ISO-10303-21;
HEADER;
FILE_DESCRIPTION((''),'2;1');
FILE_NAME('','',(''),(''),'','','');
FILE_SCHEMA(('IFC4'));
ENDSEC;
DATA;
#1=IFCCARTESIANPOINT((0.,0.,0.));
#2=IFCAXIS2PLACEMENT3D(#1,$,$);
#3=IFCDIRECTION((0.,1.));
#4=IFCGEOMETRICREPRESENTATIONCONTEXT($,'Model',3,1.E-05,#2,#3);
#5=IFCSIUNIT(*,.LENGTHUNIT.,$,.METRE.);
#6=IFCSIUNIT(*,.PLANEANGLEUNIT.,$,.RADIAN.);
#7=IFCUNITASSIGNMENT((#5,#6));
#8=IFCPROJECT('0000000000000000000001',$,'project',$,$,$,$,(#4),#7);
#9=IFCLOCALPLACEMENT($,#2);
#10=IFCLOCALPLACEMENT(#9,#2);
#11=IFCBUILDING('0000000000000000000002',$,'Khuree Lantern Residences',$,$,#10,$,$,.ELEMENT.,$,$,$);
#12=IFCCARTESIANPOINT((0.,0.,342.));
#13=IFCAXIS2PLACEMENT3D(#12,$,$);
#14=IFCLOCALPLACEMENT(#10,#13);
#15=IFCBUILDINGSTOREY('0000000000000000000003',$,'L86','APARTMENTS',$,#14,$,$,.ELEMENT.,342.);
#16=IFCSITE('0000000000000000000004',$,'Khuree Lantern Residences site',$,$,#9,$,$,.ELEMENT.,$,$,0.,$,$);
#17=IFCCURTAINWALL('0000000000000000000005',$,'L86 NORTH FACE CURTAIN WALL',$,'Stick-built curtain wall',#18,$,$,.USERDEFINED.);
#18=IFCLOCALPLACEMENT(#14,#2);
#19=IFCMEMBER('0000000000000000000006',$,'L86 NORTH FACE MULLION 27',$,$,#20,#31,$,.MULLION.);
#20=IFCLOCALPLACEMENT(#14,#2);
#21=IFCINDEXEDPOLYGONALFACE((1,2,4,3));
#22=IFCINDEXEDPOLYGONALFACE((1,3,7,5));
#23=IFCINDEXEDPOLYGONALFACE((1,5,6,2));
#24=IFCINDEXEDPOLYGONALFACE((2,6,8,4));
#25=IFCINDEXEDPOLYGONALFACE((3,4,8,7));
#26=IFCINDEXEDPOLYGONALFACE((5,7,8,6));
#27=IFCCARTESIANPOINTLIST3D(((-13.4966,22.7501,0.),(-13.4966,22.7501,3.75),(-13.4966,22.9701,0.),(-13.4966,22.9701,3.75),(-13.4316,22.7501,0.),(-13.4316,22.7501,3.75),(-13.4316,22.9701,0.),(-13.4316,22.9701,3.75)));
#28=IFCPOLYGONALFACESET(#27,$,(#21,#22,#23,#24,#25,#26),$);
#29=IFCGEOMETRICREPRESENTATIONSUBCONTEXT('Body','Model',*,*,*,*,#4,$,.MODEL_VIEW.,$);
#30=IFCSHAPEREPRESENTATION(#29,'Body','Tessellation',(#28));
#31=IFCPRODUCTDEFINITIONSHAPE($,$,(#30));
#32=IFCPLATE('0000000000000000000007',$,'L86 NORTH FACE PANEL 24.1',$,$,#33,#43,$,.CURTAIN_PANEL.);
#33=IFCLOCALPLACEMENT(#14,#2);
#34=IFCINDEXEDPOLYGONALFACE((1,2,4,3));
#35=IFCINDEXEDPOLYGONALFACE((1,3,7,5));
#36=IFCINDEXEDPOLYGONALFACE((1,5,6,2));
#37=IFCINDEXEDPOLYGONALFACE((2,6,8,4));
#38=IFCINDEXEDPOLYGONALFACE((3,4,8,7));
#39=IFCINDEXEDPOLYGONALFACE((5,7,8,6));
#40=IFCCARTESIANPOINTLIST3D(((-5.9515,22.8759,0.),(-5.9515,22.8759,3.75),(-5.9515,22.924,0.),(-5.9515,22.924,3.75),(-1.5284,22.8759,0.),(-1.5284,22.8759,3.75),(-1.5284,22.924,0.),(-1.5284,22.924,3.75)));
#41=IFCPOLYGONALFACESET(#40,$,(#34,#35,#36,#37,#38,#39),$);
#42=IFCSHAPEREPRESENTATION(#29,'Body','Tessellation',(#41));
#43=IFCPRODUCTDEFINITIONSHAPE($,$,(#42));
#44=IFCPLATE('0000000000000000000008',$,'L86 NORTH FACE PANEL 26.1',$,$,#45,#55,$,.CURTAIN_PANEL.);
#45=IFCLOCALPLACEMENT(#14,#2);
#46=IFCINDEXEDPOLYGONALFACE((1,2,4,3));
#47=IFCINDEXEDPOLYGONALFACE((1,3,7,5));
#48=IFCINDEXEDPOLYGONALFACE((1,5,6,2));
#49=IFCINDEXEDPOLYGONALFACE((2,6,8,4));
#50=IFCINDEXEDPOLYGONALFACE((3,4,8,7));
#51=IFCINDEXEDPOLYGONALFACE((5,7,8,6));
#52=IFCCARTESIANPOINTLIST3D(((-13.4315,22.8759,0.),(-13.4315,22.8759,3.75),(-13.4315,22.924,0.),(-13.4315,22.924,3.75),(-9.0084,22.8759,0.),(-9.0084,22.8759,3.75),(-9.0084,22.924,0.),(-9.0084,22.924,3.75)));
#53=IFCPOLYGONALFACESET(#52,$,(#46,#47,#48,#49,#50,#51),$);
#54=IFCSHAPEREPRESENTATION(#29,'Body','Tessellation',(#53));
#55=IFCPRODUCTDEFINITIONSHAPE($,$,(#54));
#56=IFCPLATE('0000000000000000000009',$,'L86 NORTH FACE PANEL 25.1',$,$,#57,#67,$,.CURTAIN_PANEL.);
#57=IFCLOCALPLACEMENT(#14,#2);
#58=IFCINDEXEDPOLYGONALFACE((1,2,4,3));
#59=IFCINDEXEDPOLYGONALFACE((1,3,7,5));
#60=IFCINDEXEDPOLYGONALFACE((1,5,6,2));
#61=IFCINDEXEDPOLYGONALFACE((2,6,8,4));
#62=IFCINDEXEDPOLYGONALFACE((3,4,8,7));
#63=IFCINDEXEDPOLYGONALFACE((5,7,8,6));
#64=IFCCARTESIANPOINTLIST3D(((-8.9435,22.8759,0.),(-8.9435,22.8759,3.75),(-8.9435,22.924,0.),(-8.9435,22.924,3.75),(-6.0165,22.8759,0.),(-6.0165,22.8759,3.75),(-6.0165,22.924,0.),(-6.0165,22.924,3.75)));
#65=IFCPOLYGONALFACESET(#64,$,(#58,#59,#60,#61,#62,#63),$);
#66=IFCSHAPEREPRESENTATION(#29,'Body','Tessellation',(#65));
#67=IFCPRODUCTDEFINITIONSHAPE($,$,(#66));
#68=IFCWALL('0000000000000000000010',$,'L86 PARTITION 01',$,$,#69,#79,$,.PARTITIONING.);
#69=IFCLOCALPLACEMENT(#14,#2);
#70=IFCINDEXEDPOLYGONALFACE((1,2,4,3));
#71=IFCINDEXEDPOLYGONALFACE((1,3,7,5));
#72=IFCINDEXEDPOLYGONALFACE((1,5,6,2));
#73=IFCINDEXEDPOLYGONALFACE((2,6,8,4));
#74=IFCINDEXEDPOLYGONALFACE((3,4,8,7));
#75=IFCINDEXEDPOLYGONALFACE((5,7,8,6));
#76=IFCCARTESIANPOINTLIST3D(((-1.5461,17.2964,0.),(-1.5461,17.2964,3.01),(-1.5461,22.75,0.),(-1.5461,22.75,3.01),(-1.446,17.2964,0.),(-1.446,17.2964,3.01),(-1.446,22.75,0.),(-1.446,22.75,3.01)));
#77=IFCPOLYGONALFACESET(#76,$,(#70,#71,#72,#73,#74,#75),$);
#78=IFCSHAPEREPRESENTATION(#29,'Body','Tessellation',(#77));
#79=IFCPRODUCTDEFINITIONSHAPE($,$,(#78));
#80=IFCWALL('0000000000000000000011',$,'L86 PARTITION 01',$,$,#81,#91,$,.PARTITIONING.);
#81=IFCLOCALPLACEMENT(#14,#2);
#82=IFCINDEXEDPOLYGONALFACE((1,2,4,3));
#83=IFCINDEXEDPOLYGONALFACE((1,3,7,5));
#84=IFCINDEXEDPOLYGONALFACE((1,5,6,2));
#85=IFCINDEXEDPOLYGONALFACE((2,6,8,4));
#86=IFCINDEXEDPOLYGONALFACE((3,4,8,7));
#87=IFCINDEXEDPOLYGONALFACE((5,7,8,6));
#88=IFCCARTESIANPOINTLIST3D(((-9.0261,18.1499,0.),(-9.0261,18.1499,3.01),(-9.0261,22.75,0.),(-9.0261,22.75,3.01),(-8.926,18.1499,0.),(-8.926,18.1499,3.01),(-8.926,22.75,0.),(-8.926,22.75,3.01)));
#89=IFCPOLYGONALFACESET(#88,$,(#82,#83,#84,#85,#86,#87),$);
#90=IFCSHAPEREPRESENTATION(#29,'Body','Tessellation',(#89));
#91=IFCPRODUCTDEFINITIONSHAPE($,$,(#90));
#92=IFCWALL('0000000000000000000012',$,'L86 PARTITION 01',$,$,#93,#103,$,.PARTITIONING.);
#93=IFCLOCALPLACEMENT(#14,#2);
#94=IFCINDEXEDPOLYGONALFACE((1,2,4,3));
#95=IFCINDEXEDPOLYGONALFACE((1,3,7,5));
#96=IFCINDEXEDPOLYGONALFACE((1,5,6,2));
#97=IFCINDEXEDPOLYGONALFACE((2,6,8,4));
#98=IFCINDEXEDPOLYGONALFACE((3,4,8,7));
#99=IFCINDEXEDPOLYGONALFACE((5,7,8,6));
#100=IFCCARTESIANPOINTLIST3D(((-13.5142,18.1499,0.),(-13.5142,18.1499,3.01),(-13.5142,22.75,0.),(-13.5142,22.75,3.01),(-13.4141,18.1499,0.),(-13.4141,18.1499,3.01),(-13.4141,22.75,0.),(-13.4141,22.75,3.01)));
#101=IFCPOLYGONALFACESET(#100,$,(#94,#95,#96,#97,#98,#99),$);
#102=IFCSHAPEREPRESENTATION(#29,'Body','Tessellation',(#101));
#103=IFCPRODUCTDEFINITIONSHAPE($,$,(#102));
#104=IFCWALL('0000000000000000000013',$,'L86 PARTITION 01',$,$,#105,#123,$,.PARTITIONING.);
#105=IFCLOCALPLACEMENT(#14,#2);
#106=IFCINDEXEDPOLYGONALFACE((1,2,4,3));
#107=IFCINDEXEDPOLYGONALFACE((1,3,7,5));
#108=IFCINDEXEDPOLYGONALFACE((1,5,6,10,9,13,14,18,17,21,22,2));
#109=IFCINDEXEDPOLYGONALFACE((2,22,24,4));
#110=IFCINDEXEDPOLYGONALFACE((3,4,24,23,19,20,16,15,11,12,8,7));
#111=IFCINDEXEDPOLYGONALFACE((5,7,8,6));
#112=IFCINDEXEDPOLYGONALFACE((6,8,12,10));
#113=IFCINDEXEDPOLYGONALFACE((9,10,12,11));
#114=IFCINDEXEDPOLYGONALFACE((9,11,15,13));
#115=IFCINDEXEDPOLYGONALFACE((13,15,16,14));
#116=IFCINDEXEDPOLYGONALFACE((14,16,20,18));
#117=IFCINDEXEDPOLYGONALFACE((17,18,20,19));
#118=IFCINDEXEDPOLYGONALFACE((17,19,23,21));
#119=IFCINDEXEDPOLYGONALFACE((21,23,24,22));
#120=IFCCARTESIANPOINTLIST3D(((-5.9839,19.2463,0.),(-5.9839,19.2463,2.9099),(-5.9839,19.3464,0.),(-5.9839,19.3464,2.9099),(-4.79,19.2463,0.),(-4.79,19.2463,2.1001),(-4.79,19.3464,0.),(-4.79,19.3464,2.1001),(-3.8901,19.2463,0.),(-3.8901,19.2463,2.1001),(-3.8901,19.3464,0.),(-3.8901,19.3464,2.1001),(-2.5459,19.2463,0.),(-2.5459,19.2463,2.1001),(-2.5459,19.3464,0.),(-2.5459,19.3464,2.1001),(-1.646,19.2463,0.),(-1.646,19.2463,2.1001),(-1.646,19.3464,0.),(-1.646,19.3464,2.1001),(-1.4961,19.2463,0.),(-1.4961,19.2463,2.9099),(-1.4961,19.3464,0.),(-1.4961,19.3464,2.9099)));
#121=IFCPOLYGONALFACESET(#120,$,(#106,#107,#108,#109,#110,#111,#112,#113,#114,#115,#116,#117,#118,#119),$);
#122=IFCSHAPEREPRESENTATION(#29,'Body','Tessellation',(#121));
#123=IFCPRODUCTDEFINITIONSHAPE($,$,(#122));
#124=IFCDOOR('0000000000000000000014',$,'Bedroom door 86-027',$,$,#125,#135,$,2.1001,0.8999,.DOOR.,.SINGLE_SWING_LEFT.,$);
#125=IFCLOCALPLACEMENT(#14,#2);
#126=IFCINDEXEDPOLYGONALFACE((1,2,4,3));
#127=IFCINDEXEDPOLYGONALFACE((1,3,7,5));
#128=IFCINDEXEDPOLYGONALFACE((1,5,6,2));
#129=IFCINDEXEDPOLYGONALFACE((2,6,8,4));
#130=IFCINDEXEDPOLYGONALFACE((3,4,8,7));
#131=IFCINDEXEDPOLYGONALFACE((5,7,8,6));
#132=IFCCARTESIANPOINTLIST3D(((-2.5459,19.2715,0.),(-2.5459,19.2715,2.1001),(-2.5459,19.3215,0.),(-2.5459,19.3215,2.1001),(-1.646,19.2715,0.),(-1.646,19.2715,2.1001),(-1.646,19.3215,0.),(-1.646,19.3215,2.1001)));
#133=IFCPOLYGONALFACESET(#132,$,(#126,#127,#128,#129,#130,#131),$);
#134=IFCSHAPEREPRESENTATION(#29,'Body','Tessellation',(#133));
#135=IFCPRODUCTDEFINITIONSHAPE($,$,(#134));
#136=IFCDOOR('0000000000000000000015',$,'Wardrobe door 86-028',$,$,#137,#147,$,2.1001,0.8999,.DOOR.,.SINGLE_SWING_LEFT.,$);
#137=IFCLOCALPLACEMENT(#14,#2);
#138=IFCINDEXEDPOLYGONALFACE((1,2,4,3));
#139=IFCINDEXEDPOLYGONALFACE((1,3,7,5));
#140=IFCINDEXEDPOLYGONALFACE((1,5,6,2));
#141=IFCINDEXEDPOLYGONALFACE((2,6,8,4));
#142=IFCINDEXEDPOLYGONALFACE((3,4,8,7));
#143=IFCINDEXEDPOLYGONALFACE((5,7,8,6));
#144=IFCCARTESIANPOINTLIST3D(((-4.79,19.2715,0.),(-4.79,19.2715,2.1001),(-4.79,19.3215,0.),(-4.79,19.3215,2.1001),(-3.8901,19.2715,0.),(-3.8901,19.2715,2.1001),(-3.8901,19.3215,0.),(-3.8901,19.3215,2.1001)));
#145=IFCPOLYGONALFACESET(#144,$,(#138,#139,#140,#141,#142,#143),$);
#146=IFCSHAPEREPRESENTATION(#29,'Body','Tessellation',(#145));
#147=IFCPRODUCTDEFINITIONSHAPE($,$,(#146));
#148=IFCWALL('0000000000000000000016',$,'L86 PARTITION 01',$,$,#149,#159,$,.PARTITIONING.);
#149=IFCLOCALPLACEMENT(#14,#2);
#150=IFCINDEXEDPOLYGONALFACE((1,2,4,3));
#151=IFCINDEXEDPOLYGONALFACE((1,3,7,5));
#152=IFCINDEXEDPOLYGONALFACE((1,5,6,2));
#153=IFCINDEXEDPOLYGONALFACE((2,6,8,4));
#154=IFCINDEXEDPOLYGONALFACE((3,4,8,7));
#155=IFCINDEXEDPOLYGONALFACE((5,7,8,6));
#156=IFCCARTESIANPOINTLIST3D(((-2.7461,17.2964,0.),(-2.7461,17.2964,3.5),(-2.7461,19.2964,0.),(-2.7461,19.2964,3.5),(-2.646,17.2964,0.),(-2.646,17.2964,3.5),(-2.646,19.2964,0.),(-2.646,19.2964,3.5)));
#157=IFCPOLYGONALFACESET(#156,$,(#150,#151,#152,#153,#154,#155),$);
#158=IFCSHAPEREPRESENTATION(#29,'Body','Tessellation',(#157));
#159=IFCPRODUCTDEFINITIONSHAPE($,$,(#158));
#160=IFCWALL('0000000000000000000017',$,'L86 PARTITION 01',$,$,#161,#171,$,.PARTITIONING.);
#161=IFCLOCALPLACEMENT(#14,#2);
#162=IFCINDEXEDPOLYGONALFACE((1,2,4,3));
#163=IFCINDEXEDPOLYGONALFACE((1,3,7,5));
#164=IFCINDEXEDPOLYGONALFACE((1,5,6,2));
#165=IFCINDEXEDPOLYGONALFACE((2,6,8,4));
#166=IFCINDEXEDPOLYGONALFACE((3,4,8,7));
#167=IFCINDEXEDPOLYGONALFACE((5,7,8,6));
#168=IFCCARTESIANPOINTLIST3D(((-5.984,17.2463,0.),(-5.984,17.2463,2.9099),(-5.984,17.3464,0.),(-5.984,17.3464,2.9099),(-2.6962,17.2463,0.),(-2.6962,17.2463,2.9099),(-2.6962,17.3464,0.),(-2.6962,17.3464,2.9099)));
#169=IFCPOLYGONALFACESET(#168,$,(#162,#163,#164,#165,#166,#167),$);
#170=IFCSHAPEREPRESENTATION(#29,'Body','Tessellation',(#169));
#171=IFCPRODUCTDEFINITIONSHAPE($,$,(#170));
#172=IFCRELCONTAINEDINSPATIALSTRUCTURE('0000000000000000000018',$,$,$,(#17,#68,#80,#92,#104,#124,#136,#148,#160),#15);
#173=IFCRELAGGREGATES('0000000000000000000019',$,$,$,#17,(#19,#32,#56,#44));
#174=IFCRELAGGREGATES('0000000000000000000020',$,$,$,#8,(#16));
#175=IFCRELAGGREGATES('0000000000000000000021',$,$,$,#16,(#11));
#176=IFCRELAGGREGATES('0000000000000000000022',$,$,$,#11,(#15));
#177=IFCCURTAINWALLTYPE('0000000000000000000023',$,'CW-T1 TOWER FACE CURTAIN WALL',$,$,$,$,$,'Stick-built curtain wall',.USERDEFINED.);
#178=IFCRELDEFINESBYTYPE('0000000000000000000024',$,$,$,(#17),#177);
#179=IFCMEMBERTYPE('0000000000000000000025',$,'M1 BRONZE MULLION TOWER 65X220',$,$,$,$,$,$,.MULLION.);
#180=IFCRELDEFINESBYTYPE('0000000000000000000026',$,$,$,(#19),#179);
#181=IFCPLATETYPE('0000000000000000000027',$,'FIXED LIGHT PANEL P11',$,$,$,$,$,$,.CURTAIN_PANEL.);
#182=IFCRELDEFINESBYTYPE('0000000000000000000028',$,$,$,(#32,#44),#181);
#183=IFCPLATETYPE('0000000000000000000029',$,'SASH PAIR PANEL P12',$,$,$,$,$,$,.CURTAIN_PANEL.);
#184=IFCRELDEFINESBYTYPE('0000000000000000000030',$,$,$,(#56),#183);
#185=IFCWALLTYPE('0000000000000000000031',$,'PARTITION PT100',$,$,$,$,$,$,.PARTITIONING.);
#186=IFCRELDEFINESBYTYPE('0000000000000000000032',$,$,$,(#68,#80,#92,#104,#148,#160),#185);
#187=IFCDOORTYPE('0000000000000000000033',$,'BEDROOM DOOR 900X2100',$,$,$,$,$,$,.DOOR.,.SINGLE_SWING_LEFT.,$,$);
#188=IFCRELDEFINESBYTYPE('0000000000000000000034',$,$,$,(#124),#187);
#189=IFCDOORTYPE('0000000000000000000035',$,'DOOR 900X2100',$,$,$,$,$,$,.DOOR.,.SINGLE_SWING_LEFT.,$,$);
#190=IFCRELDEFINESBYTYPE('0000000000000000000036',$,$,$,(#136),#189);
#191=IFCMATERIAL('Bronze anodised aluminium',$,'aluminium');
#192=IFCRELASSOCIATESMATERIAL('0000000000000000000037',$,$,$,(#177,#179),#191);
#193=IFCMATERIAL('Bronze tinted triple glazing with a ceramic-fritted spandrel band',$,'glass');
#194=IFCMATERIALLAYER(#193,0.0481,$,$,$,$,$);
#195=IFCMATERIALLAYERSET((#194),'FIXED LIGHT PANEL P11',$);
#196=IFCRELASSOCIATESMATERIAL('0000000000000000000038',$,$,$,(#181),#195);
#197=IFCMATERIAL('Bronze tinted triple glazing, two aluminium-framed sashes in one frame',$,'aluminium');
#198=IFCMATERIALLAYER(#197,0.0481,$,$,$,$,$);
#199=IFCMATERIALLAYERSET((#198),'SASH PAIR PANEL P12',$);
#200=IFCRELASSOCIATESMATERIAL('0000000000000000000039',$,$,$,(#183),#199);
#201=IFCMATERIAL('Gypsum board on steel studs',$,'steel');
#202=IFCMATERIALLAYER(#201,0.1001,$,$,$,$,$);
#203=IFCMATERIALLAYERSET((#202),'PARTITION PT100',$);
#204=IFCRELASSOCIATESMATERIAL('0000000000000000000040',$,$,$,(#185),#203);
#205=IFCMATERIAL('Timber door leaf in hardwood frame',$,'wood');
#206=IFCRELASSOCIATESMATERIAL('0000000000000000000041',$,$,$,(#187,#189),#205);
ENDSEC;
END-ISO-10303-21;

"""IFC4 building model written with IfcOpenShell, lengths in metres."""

from ifc_helpers import new_model, si_unit, direction, frame, frame_2d, origin, origin_2d, place, context, subcontext, project, spatial, rectangle, extrude, material, layer, layer_set, material_profile, profile_set, type_object, element, fill, aggregate, save


model = new_model("IFC4")

# Units and contexts
model_context = context("Model", 3, precision=1e-05, world=origin(), true_north=direction((0.0, 1.0)))
body_context = subcontext(model_context, "Body", "Model", "MODEL_VIEW")
ifc_project = project(units=[si_unit("LENGTHUNIT", "METRE"), si_unit("PLANEANGLEUNIT", "RADIAN")], contexts=[model_context])

# Site, building, storey
site_placement = place(None, origin())
site = spatial("IfcSite", under=ifc_project, at=site_placement, Name="Khuree Lantern Residences site", CompositionType="ELEMENT", RefElevation=0.0)
building_placement = place(site_placement, origin())
building = spatial("IfcBuilding", under=site, at=building_placement, Name="Khuree Lantern Residences", CompositionType="ELEMENT")
storey_placement = place(building_placement, frame((0.0, 0.0, 342.0)))
storey = spatial("IfcBuildingStorey", under=building, at=storey_placement, Name="L86", Description="APARTMENTS", CompositionType="ELEMENT", Elevation=342.0)

# Curtain wall
ifc_material_1 = material(Name="Bronze anodised aluminium", Category="aluminium")
curtain_wall_type = type_object("IfcCurtainWallType", Name="CW-T1 TOWER FACE CURTAIN WALL", ElementType="Stick-built curtain wall", PredefinedType="USERDEFINED", material=ifc_material_1)
curtain_wall_placement = place(storey_placement, origin())
curtain_wall = element("IfcCurtainWall", 1, at=curtain_wall_placement, inside=storey, type_object=curtain_wall_type, Name="L86 NORTH FACE CURTAIN WALL", ObjectType="Stick-built curtain wall", PredefinedType="USERDEFINED")

# Member
ifc_material_profile_1 = material_profile(ifc_material_1, rectangle(XDim=0.0649, YDim=0.22, at=origin_2d()), Name="M1 65X220")
ifc_profile_set_1 = profile_set([ifc_material_profile_1], Name="Bronze anodised aluminium")
member_type_1 = type_object("IfcMemberType", Name="M1 BRONZE MULLION TOWER 65X220", PredefinedType="MULLION", material=ifc_profile_set_1)
member_1_placement = place(storey_placement, frame((-13.4641, 22.8601, 0.0), z_axis=(0.0, 0.0, 1.0), x_axis=(-1.0, 0.0, 0.0)))
member_1 = element("IfcMember", 2, at=member_1_placement, type_object=member_type_1, Name="L86 NORTH FACE MULLION 27", PredefinedType="MULLION", context=body_context, shape_type="SweptSolid", body=[
    extrude(rectangle(XDim=0.0649, YDim=0.22, at=origin_2d()), origin(), (0.0, 0.0, 1.0), 3.75),
])

# Plates
ifc_material_2 = material(Name="Bronze tinted triple glazing with a ceramic-fritted spandrel band", Category="glass")
ifc_layer_1 = layer(ifc_material_2, 0.0481)
ifc_layer_set_1 = layer_set([ifc_layer_1], Name="FIXED LIGHT PANEL P11")
plate_type_1 = type_object("IfcPlateType", Name="FIXED LIGHT PANEL P11", PredefinedType="CURTAIN_PANEL", material=ifc_layer_set_1)
plate_1_placement = place(storey_placement, frame((-3.74, 22.8999, 0.0), z_axis=(0.0, 0.0, 1.0), x_axis=(-1.0, 0.0, 0.0)))
plate_1 = element("IfcPlate", 3, at=plate_1_placement, type_object=plate_type_1, Name="L86 NORTH FACE PANEL 24.1", PredefinedType="CURTAIN_PANEL", context=body_context, shape_type="SweptSolid", body=[
    extrude(rectangle(XDim=4.4231, YDim=0.0481, at=origin_2d()), origin(), (0.0, 0.0, 1.0), 3.75),
])
plate_2_placement = place(storey_placement, frame((-11.22, 22.8999, 0.0), z_axis=(0.0, 0.0, 1.0), x_axis=(-1.0, 0.0, 0.0)))
plate_2 = element("IfcPlate", 4, at=plate_2_placement, type_object=plate_type_1, Name="L86 NORTH FACE PANEL 26.1", PredefinedType="CURTAIN_PANEL", context=body_context, shape_type="SweptSolid", body=[
    extrude(rectangle(XDim=4.4231, YDim=0.0481, at=origin_2d()), origin(), (0.0, 0.0, 1.0), 3.75),
])
ifc_material_3 = material(Name="Bronze tinted triple glazing, two aluminium-framed sashes in one frame", Category="aluminium")
ifc_layer_2 = layer(ifc_material_3, 0.0481)
ifc_layer_set_2 = layer_set([ifc_layer_2], Name="SASH PAIR PANEL P12")
plate_type_2 = type_object("IfcPlateType", Name="SASH PAIR PANEL P12", PredefinedType="CURTAIN_PANEL", material=ifc_layer_set_2)
plate_3_placement = place(storey_placement, frame((-7.48, 22.8999, 0.0), z_axis=(0.0, 0.0, 1.0), x_axis=(-1.0, 0.0, 0.0)))
plate_3 = element("IfcPlate", 5, at=plate_3_placement, type_object=plate_type_2, Name="L86 NORTH FACE PANEL 25.1", PredefinedType="CURTAIN_PANEL", context=body_context, shape_type="SweptSolid", body=[
    extrude(rectangle(XDim=2.927, YDim=0.0481, at=origin_2d()), origin(), (0.0, 0.0, 1.0), 3.75),
])
aggregate(curtain_wall, [member_1, plate_1, plate_3, plate_2])

# Walls
ifc_material_4 = material(Name="Gypsum board on steel studs", Category="steel")
ifc_layer_3 = layer(ifc_material_4, 0.1001)
ifc_layer_set_3 = layer_set([ifc_layer_3], Name="PARTITION PT100")
wall_type = type_object("IfcWallType", Name="PARTITION PT100", PredefinedType="PARTITIONING", material=ifc_layer_set_3)
wall_1_placement = place(storey_placement, frame((-1.4961, 17.2964, 0.0), z_axis=(0.0, 0.0, 1.0), x_axis=(0.0, 1.0, 0.0)))
element("IfcWall", 6, at=wall_1_placement, inside=storey, type_object=wall_type, Name="L86 PARTITION 01", PredefinedType="PARTITIONING", context=body_context, shape_type="SweptSolid", body=[
    extrude(rectangle(XDim=5.4536, YDim=0.1001, at=frame_2d((2.7268, 0.0))), origin(), (0.0, 0.0, 1.0), 3.01),
])
for number, where, z_axis, x_axis, name in (
    (7, (-8.9761, 18.1499, 0.0), (0.0, 0.0, 1.0), (0.0, 1.0, 0.0), "L86 PARTITION 01"),
    (8, (-13.4641, 18.1499, 0.0), (0.0, 0.0, 1.0), (0.0, 1.0, 0.0), "L86 PARTITION 01"),
):
    element("IfcWall", number, at=place(storey_placement, frame(where, z_axis=z_axis, x_axis=x_axis)), inside=storey, type_object=wall_type, Name=name, PredefinedType="PARTITIONING", context=body_context, shape_type="SweptSolid", body=[
        extrude(rectangle(XDim=4.6001, YDim=0.1001, at=frame_2d((2.3, 0.0))), origin(), (0.0, 0.0, 1.0), 3.01),
    ])

# Wall, openings, doors
wall_2_placement = place(storey_placement, frame((-1.4961, 19.2964, 0.0), z_axis=(0.0, 0.0, 1.0), x_axis=(-1.0, 0.0, 0.0)))
wall_2 = element("IfcWall", 9, at=wall_2_placement, inside=storey, type_object=wall_type, Name="L86 PARTITION 01", PredefinedType="PARTITIONING", context=body_context, shape_type="SweptSolid", body=[
    extrude(rectangle(XDim=4.4878, YDim=0.1001, at=frame_2d((2.2439, 0.0))), origin(), (0.0, 0.0, 1.0), 2.9099),
])
opening_1_placement = place(wall_2_placement, frame((0.1499, 0.0, 0.0)))
opening_1 = element("IfcOpeningElement", 10, at=opening_1_placement, cuts=wall_2, PredefinedType="OPENING", context=body_context, shape_type="SweptSolid", body=[
    extrude(rectangle(XDim=0.8999, YDim=2.1001, at=frame_2d((0.45, 1.05))), frame((0.0, 0.0601, 0.0), z_axis=(0.0, -1.0, 0.0), x_axis=(1.0, 0.0, 0.0)), (0.0, 0.0, 1.0), 0.1201),
])
opening_2_placement = place(wall_2_placement, frame((2.394, 0.0, 0.0)))
opening_2 = element("IfcOpeningElement", 11, at=opening_2_placement, cuts=wall_2, PredefinedType="OPENING", context=body_context, shape_type="SweptSolid", body=[
    extrude(rectangle(XDim=0.8999, YDim=2.1001, at=frame_2d((0.45, 1.05))), frame((0.0, 0.0601, 0.0), z_axis=(0.0, -1.0, 0.0), x_axis=(1.0, 0.0, 0.0)), (0.0, 0.0, 1.0), 0.1201),
])
ifc_material_5 = material(Name="Timber door leaf in hardwood frame", Category="wood")
door_type_1 = type_object("IfcDoorType", Name="BEDROOM DOOR 900X2100", OperationType="SINGLE_SWING_LEFT", PredefinedType="DOOR", material=ifc_material_5)
door_1_placement = place(opening_1_placement, origin())
door_1 = element("IfcDoor", 12, at=door_1_placement, inside=storey, type_object=door_type_1, Name="Bedroom door 86-027", OperationType="SINGLE_SWING_LEFT", OverallHeight=2.1001, OverallWidth=0.8999, PredefinedType="DOOR", context=body_context, shape_type="SweptSolid", body=[
    extrude(rectangle(XDim=0.8999, YDim=2.1001, at=frame_2d((0.45, 1.05))), frame((0.0, 0.0249, 0.0), z_axis=(0.0, -1.0, 0.0), x_axis=(1.0, 0.0, 0.0)), (0.0, 0.0, 1.0), 0.05),
])
fill(opening_1, door_1)
door_type_2 = type_object("IfcDoorType", Name="DOOR 900X2100", OperationType="SINGLE_SWING_LEFT", PredefinedType="DOOR", material=ifc_material_5)
door_2_placement = place(opening_2_placement, origin())
door_2 = element("IfcDoor", 13, at=door_2_placement, inside=storey, type_object=door_type_2, Name="Wardrobe door 86-028", OperationType="SINGLE_SWING_LEFT", OverallHeight=2.1001, OverallWidth=0.8999, PredefinedType="DOOR", context=body_context, shape_type="SweptSolid", body=[
    extrude(rectangle(XDim=0.8999, YDim=2.1001, at=frame_2d((0.45, 1.05))), frame((0.0, 0.0249, 0.0), z_axis=(0.0, -1.0, 0.0), x_axis=(1.0, 0.0, 0.0)), (0.0, 0.0, 1.0), 0.05),
])
fill(opening_2, door_2)

# Walls
wall_3_placement = place(storey_placement, frame((-2.696, 17.2964, 0.0), z_axis=(0.0, 0.0, 1.0), x_axis=(0.0, 1.0, 0.0)))
element("IfcWall", 14, at=wall_3_placement, inside=storey, type_object=wall_type, Name="L86 PARTITION 01", PredefinedType="PARTITIONING", context=body_context, shape_type="SweptSolid", body=[
    extrude(rectangle(XDim=2.0, YDim=0.1001, at=frame_2d((1.0, 0.0))), origin(), (0.0, 0.0, 1.0), 3.5),
])
wall_4_placement = place(storey_placement, frame((-2.696, 17.2964, 0.0), z_axis=(0.0, 0.0, 1.0), x_axis=(-1.0, 0.0, 0.0)))
element("IfcWall", 15, at=wall_4_placement, inside=storey, type_object=wall_type, Name="L86 PARTITION 01", PredefinedType="PARTITIONING", context=body_context, shape_type="SweptSolid", body=[
    extrude(rectangle(XDim=3.2878, YDim=0.1001, at=frame_2d((1.644, 0.0))), origin(), (0.0, 0.0, 1.0), 2.9099),
])

save(model, "model.ifc")
